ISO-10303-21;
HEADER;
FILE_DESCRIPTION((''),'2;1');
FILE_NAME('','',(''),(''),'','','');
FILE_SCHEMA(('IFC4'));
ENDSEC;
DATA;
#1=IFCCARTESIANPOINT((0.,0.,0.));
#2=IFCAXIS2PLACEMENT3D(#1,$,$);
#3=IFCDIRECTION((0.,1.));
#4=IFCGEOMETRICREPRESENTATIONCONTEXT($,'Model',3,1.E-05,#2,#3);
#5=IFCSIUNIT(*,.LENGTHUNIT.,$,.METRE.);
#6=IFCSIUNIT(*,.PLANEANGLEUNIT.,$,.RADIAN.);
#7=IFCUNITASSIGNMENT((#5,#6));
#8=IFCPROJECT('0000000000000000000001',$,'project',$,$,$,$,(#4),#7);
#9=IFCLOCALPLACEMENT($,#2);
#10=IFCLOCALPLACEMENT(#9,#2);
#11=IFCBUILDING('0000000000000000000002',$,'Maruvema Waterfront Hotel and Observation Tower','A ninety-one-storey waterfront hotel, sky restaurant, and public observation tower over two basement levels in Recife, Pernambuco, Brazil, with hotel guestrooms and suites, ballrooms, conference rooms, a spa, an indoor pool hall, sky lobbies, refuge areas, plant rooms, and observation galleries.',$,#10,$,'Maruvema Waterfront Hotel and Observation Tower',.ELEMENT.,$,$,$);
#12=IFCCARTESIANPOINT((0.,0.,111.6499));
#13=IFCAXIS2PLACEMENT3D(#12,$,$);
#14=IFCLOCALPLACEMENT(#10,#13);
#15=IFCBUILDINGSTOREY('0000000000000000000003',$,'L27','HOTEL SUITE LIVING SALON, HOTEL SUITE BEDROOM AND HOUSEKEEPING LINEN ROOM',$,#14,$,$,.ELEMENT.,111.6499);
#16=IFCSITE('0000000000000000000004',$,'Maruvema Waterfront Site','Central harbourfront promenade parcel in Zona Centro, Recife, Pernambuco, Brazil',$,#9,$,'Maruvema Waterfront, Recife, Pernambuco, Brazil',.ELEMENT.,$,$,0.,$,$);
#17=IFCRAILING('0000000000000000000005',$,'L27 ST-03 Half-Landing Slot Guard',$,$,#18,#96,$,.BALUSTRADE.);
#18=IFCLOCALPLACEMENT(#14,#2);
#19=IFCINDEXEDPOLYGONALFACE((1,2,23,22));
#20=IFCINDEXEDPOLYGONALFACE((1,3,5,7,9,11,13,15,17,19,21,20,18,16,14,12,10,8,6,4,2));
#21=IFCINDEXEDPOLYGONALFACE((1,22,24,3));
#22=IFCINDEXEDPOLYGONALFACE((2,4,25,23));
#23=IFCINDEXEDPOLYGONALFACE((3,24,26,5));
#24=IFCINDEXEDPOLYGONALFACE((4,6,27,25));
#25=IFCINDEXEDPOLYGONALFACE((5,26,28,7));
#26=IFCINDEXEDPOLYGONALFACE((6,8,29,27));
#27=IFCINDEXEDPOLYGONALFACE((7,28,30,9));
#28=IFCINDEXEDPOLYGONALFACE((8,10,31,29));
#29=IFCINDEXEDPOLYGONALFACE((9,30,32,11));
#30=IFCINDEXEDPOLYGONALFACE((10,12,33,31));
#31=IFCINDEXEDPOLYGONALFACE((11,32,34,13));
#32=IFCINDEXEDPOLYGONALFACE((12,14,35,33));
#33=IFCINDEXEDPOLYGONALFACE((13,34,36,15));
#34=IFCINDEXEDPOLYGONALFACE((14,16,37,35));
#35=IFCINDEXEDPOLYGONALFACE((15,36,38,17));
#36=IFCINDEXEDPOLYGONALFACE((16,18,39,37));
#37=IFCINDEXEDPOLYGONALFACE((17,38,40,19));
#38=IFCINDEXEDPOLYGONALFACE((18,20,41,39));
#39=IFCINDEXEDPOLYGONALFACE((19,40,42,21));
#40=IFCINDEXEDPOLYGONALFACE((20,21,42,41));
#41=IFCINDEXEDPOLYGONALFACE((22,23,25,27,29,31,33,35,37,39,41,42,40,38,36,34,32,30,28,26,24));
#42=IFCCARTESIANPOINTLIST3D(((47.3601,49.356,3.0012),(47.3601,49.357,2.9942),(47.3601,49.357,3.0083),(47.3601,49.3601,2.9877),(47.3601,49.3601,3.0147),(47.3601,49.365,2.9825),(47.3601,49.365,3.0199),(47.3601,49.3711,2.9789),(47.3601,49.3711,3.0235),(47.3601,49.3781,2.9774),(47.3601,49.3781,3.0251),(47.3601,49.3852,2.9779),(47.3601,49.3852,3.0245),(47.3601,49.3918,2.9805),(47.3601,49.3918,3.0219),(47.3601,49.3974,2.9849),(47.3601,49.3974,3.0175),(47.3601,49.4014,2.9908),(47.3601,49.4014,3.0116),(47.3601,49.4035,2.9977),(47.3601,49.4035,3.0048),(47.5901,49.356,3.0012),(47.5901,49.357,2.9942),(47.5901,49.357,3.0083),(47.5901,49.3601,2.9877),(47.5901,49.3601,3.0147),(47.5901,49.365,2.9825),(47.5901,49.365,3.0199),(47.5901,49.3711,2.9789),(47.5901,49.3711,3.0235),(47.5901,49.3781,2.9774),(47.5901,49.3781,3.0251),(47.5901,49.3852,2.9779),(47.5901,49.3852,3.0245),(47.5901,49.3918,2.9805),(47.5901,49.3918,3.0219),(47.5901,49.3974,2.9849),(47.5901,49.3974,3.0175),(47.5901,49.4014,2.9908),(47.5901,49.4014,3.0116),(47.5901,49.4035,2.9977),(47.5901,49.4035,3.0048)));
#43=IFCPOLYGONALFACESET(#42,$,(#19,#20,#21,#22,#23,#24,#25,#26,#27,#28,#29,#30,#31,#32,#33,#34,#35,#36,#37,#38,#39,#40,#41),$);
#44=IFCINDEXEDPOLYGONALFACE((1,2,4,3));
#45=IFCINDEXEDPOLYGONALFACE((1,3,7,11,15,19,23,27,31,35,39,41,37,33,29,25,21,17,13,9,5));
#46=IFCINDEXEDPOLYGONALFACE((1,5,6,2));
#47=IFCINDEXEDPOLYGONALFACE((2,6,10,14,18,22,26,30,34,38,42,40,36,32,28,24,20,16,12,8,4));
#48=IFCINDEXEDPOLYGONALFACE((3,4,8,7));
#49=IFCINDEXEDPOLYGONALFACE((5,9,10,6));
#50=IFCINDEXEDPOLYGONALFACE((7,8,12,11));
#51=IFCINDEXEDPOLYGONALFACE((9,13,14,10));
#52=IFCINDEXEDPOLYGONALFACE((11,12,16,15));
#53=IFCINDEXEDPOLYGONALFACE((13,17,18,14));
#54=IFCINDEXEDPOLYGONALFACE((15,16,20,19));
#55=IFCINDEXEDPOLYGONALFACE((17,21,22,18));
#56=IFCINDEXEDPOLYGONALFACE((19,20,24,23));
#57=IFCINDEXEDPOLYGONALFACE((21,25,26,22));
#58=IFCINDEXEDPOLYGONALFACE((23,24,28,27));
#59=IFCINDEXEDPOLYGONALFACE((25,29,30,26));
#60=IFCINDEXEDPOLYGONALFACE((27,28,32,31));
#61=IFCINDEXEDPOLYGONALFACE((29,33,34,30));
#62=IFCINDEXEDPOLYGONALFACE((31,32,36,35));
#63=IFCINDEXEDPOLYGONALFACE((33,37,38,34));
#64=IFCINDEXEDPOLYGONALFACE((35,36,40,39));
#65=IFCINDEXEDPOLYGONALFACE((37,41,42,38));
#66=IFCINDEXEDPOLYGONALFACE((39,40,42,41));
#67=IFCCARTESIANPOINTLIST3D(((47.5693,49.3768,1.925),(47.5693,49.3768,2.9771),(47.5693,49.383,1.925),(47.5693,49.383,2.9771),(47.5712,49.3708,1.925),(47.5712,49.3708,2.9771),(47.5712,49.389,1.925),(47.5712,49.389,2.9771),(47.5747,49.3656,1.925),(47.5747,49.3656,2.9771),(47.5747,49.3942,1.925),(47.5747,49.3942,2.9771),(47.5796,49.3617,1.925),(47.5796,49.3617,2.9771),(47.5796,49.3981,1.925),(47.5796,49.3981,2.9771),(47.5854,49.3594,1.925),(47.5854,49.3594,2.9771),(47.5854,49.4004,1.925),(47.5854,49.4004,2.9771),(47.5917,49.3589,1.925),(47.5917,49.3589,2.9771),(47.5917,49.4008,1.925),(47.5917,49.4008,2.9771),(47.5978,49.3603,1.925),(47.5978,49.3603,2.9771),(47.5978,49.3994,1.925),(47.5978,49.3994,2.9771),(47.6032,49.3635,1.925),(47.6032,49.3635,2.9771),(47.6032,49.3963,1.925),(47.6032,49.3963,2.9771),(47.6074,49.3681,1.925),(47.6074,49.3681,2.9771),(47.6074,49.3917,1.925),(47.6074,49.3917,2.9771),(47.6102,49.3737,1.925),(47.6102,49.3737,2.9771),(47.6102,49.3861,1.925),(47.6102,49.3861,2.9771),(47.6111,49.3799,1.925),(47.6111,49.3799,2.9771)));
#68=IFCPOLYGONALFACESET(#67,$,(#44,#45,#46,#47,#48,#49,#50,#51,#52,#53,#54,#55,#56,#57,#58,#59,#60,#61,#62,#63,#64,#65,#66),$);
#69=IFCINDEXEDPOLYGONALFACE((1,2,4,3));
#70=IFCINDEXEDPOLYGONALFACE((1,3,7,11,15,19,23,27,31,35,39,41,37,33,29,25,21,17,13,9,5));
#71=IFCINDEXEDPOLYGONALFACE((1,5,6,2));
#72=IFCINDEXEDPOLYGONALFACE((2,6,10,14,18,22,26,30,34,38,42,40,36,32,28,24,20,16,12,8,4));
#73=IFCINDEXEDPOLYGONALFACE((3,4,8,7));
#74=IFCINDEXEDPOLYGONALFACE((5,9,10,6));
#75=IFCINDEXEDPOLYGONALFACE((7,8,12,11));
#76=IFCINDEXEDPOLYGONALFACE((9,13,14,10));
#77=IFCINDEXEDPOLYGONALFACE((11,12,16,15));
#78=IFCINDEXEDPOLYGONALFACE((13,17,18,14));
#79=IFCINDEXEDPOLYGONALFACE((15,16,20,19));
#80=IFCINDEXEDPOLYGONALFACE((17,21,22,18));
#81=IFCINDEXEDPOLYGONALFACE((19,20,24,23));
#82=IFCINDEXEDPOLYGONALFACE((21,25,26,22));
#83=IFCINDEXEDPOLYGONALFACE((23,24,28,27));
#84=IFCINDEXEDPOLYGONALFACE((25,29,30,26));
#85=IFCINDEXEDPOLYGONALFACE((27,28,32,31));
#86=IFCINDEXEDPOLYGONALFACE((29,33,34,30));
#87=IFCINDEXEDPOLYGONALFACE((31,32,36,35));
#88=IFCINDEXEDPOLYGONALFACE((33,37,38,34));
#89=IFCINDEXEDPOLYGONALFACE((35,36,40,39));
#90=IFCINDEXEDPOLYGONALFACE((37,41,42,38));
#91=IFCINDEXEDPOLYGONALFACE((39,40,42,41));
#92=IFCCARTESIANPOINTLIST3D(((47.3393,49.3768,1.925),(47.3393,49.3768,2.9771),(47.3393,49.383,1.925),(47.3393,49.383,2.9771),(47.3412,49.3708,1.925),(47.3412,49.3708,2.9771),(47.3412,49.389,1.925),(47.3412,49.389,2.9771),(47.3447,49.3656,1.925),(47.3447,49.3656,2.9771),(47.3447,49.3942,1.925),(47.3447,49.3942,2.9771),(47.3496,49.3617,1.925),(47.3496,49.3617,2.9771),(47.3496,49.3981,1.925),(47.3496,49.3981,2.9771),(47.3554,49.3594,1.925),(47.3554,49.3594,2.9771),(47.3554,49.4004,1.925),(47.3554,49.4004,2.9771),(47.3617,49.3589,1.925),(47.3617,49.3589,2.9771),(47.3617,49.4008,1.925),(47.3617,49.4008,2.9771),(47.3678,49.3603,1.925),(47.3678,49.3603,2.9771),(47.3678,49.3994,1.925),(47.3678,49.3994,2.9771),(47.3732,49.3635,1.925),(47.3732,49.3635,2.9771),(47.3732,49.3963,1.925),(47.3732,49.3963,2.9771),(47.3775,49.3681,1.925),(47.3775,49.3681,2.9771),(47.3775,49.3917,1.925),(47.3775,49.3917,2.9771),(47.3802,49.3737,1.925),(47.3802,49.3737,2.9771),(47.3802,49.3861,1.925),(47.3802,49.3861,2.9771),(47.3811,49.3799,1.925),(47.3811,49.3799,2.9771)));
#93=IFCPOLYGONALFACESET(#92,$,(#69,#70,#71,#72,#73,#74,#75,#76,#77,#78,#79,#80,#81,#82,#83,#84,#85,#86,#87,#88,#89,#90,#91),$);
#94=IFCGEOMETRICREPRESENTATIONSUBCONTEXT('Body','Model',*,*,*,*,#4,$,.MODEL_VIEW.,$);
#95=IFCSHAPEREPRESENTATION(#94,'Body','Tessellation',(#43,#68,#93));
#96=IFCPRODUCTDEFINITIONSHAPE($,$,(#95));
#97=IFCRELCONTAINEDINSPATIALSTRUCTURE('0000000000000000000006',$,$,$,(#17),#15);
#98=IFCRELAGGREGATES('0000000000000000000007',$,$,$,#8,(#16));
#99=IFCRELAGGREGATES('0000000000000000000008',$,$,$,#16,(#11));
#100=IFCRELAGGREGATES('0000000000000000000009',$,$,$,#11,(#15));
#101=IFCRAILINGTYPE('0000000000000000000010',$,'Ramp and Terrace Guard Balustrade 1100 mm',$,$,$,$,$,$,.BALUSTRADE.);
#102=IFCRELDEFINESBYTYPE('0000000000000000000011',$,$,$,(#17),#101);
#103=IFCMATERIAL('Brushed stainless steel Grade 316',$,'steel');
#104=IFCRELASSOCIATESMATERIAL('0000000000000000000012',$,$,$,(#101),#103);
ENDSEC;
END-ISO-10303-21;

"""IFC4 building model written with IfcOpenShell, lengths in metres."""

from ifc_helpers import new_model, si_unit, direction, frame, origin, origin_2d, place, context, subcontext, project, spatial, circle, extrude, material, type_object, element, save


model = new_model("IFC4")

# Units and contexts
model_context = context("Model", 3, precision=1e-05, world=origin(), true_north=direction((0.0, 1.0)))
body_context = subcontext(model_context, "Body", "Model", "MODEL_VIEW")
ifc_project = project(units=[si_unit("LENGTHUNIT", "METRE"), si_unit("PLANEANGLEUNIT", "RADIAN")], contexts=[model_context])

# Site, building, storey
site_placement = place(None, origin())
site = spatial("IfcSite", under=ifc_project, at=site_placement, Name="Maruvema Waterfront Site", Description="Central harbourfront promenade parcel in Zona Centro, Recife, Pernambuco, Brazil", LongName="Maruvema Waterfront, Recife, Pernambuco, Brazil", CompositionType="ELEMENT", RefElevation=0.0)
building_placement = place(site_placement, origin())
building = spatial("IfcBuilding", under=site, at=building_placement, Name="Maruvema Waterfront Hotel and Observation Tower", Description="A ninety-one-storey waterfront hotel, sky restaurant, and public observation tower over two basement levels in Recife, Pernambuco, Brazil, with hotel guestrooms and suites, ballrooms, conference rooms, a spa, an indoor pool hall, sky lobbies, refuge areas, plant rooms, and observation galleries.", LongName="Maruvema Waterfront Hotel and Observation Tower", CompositionType="ELEMENT")
storey_placement = place(building_placement, frame((0.0, 0.0, 111.6499)))
storey = spatial("IfcBuildingStorey", under=building, at=storey_placement, Name="L27", Description="HOTEL SUITE LIVING SALON, HOTEL SUITE BEDROOM AND HOUSEKEEPING LINEN ROOM", CompositionType="ELEMENT", Elevation=111.6499)

# Railing
ifc_material_1 = material(Name="Brushed stainless steel Grade 316", Category="steel")
railing_type_1 = type_object("IfcRailingType", Name="Ramp and Terrace Guard Balustrade 1100 mm", PredefinedType="BALUSTRADE", material=ifc_material_1)
railing_1_placement = place(storey_placement, frame((47.5901, 49.3799, 1.925)))
element("IfcRailing", 1, at=railing_1_placement, inside=storey, type_object=railing_type_1, Name="L27 ST-03 Half-Landing Slot Guard", PredefinedType="BALUSTRADE", context=body_context, shape_type="SweptSolid", body=[
    extrude(circle(Radius=0.0239, at=origin_2d()), frame((0.0, 0.0, 1.0762), z_axis=(-1.0, 0.0, 0.0), x_axis=(0.0, -1.0, 0.0)), (0.0, 0.0, 1.0), 0.23),
    extrude(circle(Radius=0.021, at=origin_2d()), origin(), (0.0, 0.0, 1.0), 1.052),
    extrude(circle(Radius=0.021, at=origin_2d()), frame((-0.23, 0.0, 0.0)), (0.0, 0.0, 1.0), 1.052),
])

save(model, "model.ifc")
